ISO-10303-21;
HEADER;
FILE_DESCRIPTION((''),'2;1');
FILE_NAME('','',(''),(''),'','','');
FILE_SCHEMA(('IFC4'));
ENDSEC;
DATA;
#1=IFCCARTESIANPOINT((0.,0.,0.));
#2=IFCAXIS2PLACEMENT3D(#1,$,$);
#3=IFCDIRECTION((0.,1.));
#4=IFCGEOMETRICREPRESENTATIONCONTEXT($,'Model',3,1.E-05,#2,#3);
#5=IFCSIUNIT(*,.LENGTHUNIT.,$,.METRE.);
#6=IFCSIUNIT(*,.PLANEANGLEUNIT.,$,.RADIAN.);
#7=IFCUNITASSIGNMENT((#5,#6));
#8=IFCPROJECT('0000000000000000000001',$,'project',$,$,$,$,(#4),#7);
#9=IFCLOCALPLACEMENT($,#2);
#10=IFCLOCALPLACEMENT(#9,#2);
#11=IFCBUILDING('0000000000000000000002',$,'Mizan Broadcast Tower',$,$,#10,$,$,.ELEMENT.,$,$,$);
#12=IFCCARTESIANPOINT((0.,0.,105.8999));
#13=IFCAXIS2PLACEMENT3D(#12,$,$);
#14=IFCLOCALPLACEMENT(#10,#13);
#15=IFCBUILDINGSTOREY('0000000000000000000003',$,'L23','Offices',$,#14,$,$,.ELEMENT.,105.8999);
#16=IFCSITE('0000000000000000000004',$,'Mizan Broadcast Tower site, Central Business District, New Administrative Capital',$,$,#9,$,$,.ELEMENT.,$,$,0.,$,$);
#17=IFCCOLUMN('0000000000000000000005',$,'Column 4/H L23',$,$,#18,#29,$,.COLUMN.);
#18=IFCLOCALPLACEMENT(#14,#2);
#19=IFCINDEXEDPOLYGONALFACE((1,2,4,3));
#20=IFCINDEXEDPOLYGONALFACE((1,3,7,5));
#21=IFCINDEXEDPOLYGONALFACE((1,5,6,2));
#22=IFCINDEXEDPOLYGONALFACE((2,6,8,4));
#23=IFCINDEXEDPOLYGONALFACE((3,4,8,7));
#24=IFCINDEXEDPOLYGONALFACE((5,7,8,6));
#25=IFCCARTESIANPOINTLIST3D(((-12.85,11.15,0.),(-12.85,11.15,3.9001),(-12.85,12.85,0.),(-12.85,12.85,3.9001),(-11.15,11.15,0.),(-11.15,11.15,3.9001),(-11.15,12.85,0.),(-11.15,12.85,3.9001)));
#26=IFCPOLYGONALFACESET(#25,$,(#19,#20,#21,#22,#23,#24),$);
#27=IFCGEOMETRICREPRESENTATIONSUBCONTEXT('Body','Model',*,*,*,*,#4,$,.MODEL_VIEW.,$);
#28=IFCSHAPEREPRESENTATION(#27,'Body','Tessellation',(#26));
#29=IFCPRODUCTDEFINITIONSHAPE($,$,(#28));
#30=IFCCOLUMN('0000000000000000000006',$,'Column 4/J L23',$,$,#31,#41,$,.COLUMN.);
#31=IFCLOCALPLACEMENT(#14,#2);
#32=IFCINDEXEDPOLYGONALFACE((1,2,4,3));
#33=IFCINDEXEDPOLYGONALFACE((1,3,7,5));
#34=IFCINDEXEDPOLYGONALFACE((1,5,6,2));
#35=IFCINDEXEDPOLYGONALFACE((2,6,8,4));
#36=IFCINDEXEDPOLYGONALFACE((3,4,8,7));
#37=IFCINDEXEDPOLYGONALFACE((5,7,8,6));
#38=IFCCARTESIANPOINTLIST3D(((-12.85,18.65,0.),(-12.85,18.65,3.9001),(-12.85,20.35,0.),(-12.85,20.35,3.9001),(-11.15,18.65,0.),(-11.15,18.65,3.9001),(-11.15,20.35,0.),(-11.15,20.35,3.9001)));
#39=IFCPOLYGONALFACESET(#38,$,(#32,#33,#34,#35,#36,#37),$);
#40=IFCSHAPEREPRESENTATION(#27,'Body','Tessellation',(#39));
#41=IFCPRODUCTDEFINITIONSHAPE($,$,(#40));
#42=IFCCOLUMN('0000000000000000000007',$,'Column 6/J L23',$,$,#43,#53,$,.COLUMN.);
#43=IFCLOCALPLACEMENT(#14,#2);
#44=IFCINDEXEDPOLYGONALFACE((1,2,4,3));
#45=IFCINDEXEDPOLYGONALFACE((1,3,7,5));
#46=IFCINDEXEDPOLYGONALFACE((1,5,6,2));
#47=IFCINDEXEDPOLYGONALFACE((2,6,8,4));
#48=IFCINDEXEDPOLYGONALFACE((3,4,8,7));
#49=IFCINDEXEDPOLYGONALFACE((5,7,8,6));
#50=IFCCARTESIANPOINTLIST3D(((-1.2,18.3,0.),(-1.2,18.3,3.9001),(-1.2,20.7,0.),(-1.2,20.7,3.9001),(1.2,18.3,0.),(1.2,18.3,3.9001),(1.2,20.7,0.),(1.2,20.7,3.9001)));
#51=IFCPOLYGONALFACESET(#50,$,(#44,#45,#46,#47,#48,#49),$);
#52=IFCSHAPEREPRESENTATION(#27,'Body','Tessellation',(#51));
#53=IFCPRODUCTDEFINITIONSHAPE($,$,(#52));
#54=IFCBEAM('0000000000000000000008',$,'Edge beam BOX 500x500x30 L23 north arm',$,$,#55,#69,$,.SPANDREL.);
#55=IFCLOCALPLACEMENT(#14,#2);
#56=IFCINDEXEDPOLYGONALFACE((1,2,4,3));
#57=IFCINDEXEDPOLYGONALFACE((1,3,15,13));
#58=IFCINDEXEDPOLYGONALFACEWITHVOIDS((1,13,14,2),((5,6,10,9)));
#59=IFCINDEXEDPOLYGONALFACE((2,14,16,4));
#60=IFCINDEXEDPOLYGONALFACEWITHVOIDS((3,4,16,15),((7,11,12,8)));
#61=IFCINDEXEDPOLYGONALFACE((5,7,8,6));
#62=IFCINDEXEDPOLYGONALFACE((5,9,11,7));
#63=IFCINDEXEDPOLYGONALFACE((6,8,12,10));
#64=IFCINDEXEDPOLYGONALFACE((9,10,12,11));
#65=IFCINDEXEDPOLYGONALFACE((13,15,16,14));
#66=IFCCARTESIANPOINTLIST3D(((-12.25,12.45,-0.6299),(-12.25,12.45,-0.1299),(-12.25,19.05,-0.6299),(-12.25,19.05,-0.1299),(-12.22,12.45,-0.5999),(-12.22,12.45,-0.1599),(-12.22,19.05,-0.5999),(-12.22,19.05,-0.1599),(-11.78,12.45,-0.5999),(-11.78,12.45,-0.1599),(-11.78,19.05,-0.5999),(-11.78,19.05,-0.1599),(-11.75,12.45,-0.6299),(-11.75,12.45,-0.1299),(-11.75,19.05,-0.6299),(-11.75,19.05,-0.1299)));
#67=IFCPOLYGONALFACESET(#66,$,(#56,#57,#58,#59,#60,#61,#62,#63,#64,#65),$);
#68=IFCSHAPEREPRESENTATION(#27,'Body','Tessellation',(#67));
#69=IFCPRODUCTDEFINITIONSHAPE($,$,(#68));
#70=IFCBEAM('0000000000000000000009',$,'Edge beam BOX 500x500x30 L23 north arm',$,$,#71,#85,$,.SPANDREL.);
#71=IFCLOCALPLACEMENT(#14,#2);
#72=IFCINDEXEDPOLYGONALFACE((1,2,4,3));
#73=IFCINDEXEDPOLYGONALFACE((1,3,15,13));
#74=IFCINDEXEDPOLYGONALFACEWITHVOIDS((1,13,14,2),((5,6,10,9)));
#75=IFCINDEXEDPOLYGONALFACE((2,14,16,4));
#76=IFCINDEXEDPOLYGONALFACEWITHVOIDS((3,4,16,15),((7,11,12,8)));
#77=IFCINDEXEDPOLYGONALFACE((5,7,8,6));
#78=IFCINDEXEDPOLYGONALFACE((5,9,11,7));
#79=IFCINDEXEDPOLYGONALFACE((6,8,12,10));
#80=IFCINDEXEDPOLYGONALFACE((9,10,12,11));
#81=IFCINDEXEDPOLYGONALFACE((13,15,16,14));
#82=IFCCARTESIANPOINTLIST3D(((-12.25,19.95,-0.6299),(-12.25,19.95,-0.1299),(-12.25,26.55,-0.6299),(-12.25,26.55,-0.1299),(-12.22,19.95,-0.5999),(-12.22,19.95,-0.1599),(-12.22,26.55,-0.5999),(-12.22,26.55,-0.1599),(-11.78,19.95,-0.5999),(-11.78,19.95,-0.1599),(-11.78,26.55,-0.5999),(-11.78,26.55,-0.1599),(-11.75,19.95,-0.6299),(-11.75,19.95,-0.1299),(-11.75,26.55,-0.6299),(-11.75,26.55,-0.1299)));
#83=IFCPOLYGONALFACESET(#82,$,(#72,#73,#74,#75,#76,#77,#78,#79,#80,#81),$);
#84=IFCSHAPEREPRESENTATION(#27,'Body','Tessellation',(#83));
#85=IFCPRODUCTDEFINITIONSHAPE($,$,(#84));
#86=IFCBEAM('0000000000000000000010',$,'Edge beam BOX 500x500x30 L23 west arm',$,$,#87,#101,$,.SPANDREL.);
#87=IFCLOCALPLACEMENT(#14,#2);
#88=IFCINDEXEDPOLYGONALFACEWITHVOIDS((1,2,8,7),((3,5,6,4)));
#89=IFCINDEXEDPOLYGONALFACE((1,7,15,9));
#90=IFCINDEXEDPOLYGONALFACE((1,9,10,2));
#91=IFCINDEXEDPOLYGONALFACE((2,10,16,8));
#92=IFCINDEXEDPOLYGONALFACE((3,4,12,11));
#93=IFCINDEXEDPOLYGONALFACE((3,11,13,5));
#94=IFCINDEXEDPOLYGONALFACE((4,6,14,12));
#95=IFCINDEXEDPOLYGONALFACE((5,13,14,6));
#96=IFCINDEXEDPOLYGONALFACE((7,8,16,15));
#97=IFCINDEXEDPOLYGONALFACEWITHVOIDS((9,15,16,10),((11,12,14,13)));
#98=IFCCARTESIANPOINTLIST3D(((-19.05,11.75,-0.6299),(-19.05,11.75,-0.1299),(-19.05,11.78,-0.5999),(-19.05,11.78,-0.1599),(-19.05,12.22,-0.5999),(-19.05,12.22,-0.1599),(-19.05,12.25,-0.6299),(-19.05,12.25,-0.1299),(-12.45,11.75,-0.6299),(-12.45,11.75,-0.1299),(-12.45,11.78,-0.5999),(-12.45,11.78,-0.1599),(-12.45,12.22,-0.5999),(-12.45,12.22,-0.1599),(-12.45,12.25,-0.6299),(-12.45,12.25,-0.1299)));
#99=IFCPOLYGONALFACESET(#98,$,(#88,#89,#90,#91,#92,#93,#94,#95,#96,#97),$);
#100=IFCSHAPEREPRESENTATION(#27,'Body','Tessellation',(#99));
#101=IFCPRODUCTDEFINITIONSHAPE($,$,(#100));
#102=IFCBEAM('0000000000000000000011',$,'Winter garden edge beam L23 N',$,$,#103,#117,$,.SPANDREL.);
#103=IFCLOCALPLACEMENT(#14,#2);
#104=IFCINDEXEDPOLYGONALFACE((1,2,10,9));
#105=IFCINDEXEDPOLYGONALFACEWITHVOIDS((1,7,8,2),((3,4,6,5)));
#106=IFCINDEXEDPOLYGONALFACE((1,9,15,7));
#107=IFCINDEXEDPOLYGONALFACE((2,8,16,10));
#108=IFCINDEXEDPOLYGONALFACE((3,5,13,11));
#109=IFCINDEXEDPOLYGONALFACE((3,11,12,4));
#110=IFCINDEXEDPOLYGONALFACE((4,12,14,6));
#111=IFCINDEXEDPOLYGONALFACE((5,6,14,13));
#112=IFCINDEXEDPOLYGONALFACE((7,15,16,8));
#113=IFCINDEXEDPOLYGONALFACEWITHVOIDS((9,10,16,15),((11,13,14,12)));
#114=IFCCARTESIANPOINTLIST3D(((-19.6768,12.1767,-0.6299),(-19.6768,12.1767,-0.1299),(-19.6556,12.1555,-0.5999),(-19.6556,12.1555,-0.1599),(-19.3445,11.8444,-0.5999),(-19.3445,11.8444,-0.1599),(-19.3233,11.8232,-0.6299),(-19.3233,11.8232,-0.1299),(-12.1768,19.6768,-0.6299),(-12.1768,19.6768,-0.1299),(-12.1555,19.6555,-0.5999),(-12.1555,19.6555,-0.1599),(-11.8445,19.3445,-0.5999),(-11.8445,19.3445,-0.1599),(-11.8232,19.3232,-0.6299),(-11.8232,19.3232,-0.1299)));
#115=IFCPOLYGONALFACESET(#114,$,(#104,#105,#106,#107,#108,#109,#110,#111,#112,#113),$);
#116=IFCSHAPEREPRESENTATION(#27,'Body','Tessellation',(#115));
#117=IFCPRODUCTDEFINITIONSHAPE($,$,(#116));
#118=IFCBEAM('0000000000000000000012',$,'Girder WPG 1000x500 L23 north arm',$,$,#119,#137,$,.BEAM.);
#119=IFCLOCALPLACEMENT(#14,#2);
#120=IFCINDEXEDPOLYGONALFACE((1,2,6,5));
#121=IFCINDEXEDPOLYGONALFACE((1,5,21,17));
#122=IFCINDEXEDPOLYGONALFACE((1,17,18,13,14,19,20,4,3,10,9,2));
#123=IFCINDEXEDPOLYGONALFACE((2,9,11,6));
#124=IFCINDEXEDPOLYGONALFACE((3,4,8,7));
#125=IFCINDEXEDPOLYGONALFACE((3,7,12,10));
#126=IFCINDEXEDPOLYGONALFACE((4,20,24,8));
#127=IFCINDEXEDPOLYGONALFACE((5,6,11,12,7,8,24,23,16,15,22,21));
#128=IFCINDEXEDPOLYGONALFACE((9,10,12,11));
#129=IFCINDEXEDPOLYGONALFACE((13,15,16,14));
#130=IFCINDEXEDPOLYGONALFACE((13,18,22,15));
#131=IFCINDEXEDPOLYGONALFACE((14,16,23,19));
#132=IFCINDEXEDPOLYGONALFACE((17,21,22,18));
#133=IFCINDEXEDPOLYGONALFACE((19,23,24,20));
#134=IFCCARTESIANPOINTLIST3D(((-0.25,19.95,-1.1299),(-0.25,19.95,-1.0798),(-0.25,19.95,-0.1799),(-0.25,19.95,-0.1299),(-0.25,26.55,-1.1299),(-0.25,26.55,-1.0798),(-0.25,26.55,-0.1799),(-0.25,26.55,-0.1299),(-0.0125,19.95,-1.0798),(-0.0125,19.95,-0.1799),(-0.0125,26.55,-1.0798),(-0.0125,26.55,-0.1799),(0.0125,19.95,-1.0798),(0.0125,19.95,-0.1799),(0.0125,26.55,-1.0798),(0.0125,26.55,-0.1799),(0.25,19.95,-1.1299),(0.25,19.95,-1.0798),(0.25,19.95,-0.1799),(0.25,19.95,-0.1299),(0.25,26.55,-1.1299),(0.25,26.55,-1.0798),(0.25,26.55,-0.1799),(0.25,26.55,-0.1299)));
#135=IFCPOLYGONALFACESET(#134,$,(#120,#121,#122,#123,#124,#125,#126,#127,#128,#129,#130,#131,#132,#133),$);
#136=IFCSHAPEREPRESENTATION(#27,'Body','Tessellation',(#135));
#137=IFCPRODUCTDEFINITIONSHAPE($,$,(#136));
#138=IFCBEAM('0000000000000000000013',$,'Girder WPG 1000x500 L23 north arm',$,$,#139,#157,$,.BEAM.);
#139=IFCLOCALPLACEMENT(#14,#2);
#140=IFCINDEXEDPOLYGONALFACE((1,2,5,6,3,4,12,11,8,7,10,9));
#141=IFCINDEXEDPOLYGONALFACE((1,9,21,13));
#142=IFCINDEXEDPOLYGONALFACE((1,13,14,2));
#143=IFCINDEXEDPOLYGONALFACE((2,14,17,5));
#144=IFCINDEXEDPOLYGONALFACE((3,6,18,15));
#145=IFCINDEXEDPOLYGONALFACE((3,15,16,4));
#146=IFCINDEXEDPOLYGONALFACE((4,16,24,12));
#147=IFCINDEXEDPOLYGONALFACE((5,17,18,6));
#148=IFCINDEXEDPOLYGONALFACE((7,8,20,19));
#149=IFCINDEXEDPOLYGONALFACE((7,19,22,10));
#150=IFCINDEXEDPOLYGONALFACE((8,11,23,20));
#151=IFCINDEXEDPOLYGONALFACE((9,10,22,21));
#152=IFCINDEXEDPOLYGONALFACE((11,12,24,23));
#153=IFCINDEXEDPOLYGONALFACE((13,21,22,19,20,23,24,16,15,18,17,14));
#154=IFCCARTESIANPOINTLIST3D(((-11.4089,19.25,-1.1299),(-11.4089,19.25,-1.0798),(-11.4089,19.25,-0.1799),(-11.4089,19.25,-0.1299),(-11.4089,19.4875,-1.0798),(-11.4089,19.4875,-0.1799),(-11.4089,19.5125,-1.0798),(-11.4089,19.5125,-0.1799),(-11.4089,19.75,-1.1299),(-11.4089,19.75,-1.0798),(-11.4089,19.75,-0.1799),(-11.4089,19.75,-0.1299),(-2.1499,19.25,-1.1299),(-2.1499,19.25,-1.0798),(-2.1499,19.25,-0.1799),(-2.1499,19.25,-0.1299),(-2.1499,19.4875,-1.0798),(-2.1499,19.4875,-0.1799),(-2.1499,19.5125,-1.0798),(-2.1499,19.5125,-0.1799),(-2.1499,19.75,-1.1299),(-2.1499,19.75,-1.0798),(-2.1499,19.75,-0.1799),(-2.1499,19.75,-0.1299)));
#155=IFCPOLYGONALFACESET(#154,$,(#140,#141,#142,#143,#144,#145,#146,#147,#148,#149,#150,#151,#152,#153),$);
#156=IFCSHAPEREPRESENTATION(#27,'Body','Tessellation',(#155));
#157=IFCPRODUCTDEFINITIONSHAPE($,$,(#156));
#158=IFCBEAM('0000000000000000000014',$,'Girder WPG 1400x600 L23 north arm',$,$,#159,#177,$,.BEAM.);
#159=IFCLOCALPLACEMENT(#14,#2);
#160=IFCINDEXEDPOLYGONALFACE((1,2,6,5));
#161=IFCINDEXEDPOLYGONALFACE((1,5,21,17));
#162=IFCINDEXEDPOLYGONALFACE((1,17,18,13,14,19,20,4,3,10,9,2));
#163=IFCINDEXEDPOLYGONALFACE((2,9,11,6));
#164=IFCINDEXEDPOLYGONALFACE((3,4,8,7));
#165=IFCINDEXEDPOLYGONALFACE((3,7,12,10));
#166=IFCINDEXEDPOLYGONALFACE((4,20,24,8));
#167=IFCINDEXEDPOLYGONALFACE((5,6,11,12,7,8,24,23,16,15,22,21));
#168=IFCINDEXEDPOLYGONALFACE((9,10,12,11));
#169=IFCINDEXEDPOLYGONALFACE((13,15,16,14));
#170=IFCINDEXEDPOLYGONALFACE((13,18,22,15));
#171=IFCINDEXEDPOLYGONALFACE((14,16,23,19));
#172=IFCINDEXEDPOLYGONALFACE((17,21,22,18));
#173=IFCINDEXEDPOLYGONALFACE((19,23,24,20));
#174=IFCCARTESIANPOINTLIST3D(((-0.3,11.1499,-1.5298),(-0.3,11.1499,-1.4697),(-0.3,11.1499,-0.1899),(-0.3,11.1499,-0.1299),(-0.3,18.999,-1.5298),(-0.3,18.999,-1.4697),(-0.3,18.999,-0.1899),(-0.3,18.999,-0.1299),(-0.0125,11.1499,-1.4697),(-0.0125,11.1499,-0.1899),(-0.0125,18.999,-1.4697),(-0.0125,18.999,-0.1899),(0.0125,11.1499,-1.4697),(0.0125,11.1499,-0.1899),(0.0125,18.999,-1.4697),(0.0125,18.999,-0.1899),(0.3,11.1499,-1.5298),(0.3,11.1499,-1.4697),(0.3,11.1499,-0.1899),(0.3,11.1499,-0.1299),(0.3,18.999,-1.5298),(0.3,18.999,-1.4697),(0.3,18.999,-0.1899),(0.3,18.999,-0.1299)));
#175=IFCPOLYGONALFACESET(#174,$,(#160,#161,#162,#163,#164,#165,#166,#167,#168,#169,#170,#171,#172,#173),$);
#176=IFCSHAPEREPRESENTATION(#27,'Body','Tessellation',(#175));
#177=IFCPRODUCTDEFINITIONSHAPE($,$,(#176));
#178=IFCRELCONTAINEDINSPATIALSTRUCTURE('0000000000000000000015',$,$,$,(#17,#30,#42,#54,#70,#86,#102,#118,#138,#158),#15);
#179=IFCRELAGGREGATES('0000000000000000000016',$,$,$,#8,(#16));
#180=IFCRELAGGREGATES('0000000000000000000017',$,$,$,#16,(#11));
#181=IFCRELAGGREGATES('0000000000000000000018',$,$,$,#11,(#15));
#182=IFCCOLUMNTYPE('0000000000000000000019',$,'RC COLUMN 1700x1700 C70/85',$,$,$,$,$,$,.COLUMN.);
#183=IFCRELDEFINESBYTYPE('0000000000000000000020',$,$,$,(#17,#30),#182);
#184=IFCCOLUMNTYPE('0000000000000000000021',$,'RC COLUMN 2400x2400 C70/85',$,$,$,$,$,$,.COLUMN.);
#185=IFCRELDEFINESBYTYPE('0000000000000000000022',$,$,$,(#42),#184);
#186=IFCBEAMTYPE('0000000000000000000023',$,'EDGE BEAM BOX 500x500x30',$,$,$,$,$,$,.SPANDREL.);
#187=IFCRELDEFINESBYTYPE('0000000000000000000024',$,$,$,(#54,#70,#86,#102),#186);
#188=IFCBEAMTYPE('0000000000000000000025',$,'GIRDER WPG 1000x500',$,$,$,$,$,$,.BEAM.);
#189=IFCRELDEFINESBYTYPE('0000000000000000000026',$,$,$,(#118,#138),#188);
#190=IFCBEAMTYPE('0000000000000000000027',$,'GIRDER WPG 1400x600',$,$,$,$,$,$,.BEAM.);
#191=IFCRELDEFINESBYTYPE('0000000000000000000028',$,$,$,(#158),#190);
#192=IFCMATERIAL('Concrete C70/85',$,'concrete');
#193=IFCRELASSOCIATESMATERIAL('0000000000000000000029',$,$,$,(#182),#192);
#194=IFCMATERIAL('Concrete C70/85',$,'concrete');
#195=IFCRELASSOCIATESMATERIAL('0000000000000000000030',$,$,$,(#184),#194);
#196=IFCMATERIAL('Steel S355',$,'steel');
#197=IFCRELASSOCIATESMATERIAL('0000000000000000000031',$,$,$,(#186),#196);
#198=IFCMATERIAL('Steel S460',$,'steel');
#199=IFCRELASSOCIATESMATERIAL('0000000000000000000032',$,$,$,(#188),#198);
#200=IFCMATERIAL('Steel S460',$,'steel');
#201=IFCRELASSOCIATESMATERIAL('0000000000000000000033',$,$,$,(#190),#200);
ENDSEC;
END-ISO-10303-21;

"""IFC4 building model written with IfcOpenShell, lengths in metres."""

from ifc_helpers import new_model, si_unit, direction, frame, origin, origin_2d, place, context, subcontext, project, spatial, rectangle, hollow_rectangle, i_section, extrude, material, material_profile, profile_set, type_object, element, save


model = new_model("IFC4")

# Units and contexts
model_context = context("Model", 3, precision=1e-05, world=origin(), true_north=direction((0.0, 1.0)))
body_context = subcontext(model_context, "Body", "Model", "MODEL_VIEW")
ifc_project = project(units=[si_unit("LENGTHUNIT", "METRE"), si_unit("PLANEANGLEUNIT", "RADIAN")], contexts=[model_context])

# Site, building, storey
site_placement = place(None, origin())
site = spatial("IfcSite", under=ifc_project, at=site_placement, Name="Mizan Broadcast Tower site, Central Business District, New Administrative Capital", CompositionType="ELEMENT", RefElevation=0.0)
building_placement = place(site_placement, origin())
building = spatial("IfcBuilding", under=site, at=building_placement, Name="Mizan Broadcast Tower", CompositionType="ELEMENT")
storey_placement = place(building_placement, frame((0.0, 0.0, 105.8999)))
storey = spatial("IfcBuildingStorey", under=building, at=storey_placement, Name="L23", Description="Offices", CompositionType="ELEMENT", Elevation=105.8999)

# Columns
ifc_material_1 = material(Name="Concrete C70/85", Category="concrete")
ifc_material_profile_1 = material_profile(ifc_material_1, rectangle(XDim=1.7, YDim=1.7, at=origin_2d()), Name="RC 1700x1700")
ifc_profile_set_1 = profile_set([ifc_material_profile_1], Name="Concrete C70/85")
column_type_1 = type_object("IfcColumnType", Name="RC COLUMN 1700x1700 C70/85", PredefinedType="COLUMN", material=ifc_profile_set_1)
for number, where, z_axis, x_axis, name in (
    (1, (-12.0, 12.0, 0.0), (0.0, 0.0, 1.0), (1.0, 0.0, 0.0), "Column 4/H L23"),
    (2, (-12.0, 19.5, 0.0), (0.0, 0.0, 1.0), (1.0, 0.0, 0.0), "Column 4/J L23"),
):
    element("IfcColumn", number, at=place(storey_placement, frame(where, z_axis=z_axis, x_axis=x_axis)), inside=storey, type_object=column_type_1, Name=name, PredefinedType="COLUMN", context=body_context, shape_type="SweptSolid", body=[
        extrude(rectangle(XDim=1.7, YDim=1.7, at=origin_2d()), origin(), (0.0, 0.0, 1.0), 3.9001),
    ])
ifc_material_2 = material(Name="Concrete C70/85", Category="concrete")
ifc_material_profile_2 = material_profile(ifc_material_2, rectangle(XDim=2.3999, YDim=2.3999, at=origin_2d()), Name="RC 2400x2400")
ifc_profile_set_2 = profile_set([ifc_material_profile_2], Name="Concrete C70/85")
column_type_2 = type_object("IfcColumnType", Name="RC COLUMN 2400x2400 C70/85", PredefinedType="COLUMN", material=ifc_profile_set_2)
column_placement = place(storey_placement, frame((0.0, 19.5, 0.0), z_axis=(0.0, 0.0, 1.0), x_axis=(1.0, 0.0, 0.0)))
element("IfcColumn", 3, at=column_placement, inside=storey, type_object=column_type_2, Name="Column 6/J L23", PredefinedType="COLUMN", context=body_context, shape_type="SweptSolid", body=[
    extrude(rectangle(XDim=2.3999, YDim=2.3999, at=origin_2d()), origin(), (0.0, 0.0, 1.0), 3.9001),
])

# Beams
ifc_material_3 = material(Name="Steel S355", Category="steel")
ifc_material_profile_3 = material_profile(ifc_material_3, hollow_rectangle(XDim=0.5, YDim=0.5, WallThickness=0.03, at=origin_2d()), Name="BOX 500x500x30")
ifc_profile_set_3 = profile_set([ifc_material_profile_3], Name="Steel S355")
beam_type_1 = type_object("IfcBeamType", Name="EDGE BEAM BOX 500x500x30", PredefinedType="SPANDREL", material=ifc_profile_set_3)
for number, where, z_axis, x_axis, name in (
    (4, (-12.0, 12.45, -0.3799), (0.0, 1.0, 0.0), (-1.0, 0.0, 0.0), "Edge beam BOX 500x500x30 L23 north arm"),
    (5, (-12.0, 19.95, -0.3799), (0.0, 1.0, 0.0), (-1.0, 0.0, 0.0), "Edge beam BOX 500x500x30 L23 north arm"),
    (6, (-12.45, 12.0, -0.3799), (-1.0, 0.0, 0.0), (0.0, -1.0, 0.0), "Edge beam BOX 500x500x30 L23 west arm"),
):
    element("IfcBeam", number, at=place(storey_placement, frame(where, z_axis=z_axis, x_axis=x_axis)), inside=storey, type_object=beam_type_1, Name=name, PredefinedType="SPANDREL", context=body_context, shape_type="SweptSolid", body=[
        extrude(hollow_rectangle(XDim=0.5, YDim=0.5, WallThickness=0.03, at=origin_2d()), origin(), (0.0, 0.0, 1.0), 6.6001),
    ])
beam_1_placement = place(storey_placement, frame((-12.0, 19.5, -0.3799), z_axis=(-0.707107, -0.707107, 0.0), x_axis=(0.707107, -0.707107, 0.0)))
element("IfcBeam", 7, at=beam_1_placement, inside=storey, type_object=beam_type_1, Name="Winter garden edge beam L23 N", PredefinedType="SPANDREL", context=body_context, shape_type="SweptSolid", body=[
    extrude(hollow_rectangle(XDim=0.5, YDim=0.5, WallThickness=0.03, at=origin_2d()), origin(), (0.0, 0.0, 1.0), 10.6067),
])
ifc_material_4 = material(Name="Steel S460", Category="steel")
ifc_material_profile_4 = material_profile(ifc_material_4, i_section(OverallWidth=0.5, OverallDepth=1.0, WebThickness=0.0249, FlangeThickness=0.05, at=origin_2d()), Name="WPG 1000x500")
ifc_profile_set_4 = profile_set([ifc_material_profile_4], Name="Steel S460")
beam_type_2 = type_object("IfcBeamType", Name="GIRDER WPG 1000x500", PredefinedType="BEAM", material=ifc_profile_set_4)
beam_2_placement = place(storey_placement, frame((0.0, 19.95, -0.6299), z_axis=(0.0, 1.0, 0.0), x_axis=(-1.0, 0.0, 0.0)))
element("IfcBeam", 8, at=beam_2_placement, inside=storey, type_object=beam_type_2, Name="Girder WPG 1000x500 L23 north arm", PredefinedType="BEAM", context=body_context, shape_type="SweptSolid", body=[
    extrude(i_section(OverallWidth=0.5, OverallDepth=1.0, WebThickness=0.0249, FlangeThickness=0.05, at=origin_2d()), origin(), (0.0, 0.0, 1.0), 6.6001),
])
beam_3_placement = place(storey_placement, frame((-11.4089, 19.5, -0.6299), z_axis=(1.0, 0.0, 0.0), x_axis=(0.0, 1.0, 0.0)))
element("IfcBeam", 9, at=beam_3_placement, inside=storey, type_object=beam_type_2, Name="Girder WPG 1000x500 L23 north arm", PredefinedType="BEAM", context=body_context, shape_type="SweptSolid", body=[
    extrude(i_section(OverallWidth=0.5, OverallDepth=1.0, WebThickness=0.0249, FlangeThickness=0.05, at=origin_2d()), origin(), (0.0, 0.0, 1.0), 9.259),
])
ifc_material_5 = material(Name="Steel S460", Category="steel")
ifc_material_profile_5 = material_profile(ifc_material_5, i_section(OverallWidth=0.6001, OverallDepth=1.3999, WebThickness=0.0249, FlangeThickness=0.0601, at=origin_2d()), Name="WPG 1400x600")
ifc_profile_set_5 = profile_set([ifc_material_profile_5], Name="Steel S460")
beam_type_3 = type_object("IfcBeamType", Name="GIRDER WPG 1400x600", PredefinedType="BEAM", material=ifc_profile_set_5)
beam_4_placement = place(storey_placement, frame((0.0, 11.1499, -0.8298), z_axis=(0.0, 1.0, 0.0), x_axis=(-1.0, 0.0, 0.0)))
element("IfcBeam", 10, at=beam_4_placement, inside=storey, type_object=beam_type_3, Name="Girder WPG 1400x600 L23 north arm", PredefinedType="BEAM", context=body_context, shape_type="SweptSolid", body=[
    extrude(i_section(OverallWidth=0.6001, OverallDepth=1.3999, WebThickness=0.0249, FlangeThickness=0.0601, at=origin_2d()), origin(), (0.0, 0.0, 1.0), 7.8491),
])

save(model, "model.ifc")
